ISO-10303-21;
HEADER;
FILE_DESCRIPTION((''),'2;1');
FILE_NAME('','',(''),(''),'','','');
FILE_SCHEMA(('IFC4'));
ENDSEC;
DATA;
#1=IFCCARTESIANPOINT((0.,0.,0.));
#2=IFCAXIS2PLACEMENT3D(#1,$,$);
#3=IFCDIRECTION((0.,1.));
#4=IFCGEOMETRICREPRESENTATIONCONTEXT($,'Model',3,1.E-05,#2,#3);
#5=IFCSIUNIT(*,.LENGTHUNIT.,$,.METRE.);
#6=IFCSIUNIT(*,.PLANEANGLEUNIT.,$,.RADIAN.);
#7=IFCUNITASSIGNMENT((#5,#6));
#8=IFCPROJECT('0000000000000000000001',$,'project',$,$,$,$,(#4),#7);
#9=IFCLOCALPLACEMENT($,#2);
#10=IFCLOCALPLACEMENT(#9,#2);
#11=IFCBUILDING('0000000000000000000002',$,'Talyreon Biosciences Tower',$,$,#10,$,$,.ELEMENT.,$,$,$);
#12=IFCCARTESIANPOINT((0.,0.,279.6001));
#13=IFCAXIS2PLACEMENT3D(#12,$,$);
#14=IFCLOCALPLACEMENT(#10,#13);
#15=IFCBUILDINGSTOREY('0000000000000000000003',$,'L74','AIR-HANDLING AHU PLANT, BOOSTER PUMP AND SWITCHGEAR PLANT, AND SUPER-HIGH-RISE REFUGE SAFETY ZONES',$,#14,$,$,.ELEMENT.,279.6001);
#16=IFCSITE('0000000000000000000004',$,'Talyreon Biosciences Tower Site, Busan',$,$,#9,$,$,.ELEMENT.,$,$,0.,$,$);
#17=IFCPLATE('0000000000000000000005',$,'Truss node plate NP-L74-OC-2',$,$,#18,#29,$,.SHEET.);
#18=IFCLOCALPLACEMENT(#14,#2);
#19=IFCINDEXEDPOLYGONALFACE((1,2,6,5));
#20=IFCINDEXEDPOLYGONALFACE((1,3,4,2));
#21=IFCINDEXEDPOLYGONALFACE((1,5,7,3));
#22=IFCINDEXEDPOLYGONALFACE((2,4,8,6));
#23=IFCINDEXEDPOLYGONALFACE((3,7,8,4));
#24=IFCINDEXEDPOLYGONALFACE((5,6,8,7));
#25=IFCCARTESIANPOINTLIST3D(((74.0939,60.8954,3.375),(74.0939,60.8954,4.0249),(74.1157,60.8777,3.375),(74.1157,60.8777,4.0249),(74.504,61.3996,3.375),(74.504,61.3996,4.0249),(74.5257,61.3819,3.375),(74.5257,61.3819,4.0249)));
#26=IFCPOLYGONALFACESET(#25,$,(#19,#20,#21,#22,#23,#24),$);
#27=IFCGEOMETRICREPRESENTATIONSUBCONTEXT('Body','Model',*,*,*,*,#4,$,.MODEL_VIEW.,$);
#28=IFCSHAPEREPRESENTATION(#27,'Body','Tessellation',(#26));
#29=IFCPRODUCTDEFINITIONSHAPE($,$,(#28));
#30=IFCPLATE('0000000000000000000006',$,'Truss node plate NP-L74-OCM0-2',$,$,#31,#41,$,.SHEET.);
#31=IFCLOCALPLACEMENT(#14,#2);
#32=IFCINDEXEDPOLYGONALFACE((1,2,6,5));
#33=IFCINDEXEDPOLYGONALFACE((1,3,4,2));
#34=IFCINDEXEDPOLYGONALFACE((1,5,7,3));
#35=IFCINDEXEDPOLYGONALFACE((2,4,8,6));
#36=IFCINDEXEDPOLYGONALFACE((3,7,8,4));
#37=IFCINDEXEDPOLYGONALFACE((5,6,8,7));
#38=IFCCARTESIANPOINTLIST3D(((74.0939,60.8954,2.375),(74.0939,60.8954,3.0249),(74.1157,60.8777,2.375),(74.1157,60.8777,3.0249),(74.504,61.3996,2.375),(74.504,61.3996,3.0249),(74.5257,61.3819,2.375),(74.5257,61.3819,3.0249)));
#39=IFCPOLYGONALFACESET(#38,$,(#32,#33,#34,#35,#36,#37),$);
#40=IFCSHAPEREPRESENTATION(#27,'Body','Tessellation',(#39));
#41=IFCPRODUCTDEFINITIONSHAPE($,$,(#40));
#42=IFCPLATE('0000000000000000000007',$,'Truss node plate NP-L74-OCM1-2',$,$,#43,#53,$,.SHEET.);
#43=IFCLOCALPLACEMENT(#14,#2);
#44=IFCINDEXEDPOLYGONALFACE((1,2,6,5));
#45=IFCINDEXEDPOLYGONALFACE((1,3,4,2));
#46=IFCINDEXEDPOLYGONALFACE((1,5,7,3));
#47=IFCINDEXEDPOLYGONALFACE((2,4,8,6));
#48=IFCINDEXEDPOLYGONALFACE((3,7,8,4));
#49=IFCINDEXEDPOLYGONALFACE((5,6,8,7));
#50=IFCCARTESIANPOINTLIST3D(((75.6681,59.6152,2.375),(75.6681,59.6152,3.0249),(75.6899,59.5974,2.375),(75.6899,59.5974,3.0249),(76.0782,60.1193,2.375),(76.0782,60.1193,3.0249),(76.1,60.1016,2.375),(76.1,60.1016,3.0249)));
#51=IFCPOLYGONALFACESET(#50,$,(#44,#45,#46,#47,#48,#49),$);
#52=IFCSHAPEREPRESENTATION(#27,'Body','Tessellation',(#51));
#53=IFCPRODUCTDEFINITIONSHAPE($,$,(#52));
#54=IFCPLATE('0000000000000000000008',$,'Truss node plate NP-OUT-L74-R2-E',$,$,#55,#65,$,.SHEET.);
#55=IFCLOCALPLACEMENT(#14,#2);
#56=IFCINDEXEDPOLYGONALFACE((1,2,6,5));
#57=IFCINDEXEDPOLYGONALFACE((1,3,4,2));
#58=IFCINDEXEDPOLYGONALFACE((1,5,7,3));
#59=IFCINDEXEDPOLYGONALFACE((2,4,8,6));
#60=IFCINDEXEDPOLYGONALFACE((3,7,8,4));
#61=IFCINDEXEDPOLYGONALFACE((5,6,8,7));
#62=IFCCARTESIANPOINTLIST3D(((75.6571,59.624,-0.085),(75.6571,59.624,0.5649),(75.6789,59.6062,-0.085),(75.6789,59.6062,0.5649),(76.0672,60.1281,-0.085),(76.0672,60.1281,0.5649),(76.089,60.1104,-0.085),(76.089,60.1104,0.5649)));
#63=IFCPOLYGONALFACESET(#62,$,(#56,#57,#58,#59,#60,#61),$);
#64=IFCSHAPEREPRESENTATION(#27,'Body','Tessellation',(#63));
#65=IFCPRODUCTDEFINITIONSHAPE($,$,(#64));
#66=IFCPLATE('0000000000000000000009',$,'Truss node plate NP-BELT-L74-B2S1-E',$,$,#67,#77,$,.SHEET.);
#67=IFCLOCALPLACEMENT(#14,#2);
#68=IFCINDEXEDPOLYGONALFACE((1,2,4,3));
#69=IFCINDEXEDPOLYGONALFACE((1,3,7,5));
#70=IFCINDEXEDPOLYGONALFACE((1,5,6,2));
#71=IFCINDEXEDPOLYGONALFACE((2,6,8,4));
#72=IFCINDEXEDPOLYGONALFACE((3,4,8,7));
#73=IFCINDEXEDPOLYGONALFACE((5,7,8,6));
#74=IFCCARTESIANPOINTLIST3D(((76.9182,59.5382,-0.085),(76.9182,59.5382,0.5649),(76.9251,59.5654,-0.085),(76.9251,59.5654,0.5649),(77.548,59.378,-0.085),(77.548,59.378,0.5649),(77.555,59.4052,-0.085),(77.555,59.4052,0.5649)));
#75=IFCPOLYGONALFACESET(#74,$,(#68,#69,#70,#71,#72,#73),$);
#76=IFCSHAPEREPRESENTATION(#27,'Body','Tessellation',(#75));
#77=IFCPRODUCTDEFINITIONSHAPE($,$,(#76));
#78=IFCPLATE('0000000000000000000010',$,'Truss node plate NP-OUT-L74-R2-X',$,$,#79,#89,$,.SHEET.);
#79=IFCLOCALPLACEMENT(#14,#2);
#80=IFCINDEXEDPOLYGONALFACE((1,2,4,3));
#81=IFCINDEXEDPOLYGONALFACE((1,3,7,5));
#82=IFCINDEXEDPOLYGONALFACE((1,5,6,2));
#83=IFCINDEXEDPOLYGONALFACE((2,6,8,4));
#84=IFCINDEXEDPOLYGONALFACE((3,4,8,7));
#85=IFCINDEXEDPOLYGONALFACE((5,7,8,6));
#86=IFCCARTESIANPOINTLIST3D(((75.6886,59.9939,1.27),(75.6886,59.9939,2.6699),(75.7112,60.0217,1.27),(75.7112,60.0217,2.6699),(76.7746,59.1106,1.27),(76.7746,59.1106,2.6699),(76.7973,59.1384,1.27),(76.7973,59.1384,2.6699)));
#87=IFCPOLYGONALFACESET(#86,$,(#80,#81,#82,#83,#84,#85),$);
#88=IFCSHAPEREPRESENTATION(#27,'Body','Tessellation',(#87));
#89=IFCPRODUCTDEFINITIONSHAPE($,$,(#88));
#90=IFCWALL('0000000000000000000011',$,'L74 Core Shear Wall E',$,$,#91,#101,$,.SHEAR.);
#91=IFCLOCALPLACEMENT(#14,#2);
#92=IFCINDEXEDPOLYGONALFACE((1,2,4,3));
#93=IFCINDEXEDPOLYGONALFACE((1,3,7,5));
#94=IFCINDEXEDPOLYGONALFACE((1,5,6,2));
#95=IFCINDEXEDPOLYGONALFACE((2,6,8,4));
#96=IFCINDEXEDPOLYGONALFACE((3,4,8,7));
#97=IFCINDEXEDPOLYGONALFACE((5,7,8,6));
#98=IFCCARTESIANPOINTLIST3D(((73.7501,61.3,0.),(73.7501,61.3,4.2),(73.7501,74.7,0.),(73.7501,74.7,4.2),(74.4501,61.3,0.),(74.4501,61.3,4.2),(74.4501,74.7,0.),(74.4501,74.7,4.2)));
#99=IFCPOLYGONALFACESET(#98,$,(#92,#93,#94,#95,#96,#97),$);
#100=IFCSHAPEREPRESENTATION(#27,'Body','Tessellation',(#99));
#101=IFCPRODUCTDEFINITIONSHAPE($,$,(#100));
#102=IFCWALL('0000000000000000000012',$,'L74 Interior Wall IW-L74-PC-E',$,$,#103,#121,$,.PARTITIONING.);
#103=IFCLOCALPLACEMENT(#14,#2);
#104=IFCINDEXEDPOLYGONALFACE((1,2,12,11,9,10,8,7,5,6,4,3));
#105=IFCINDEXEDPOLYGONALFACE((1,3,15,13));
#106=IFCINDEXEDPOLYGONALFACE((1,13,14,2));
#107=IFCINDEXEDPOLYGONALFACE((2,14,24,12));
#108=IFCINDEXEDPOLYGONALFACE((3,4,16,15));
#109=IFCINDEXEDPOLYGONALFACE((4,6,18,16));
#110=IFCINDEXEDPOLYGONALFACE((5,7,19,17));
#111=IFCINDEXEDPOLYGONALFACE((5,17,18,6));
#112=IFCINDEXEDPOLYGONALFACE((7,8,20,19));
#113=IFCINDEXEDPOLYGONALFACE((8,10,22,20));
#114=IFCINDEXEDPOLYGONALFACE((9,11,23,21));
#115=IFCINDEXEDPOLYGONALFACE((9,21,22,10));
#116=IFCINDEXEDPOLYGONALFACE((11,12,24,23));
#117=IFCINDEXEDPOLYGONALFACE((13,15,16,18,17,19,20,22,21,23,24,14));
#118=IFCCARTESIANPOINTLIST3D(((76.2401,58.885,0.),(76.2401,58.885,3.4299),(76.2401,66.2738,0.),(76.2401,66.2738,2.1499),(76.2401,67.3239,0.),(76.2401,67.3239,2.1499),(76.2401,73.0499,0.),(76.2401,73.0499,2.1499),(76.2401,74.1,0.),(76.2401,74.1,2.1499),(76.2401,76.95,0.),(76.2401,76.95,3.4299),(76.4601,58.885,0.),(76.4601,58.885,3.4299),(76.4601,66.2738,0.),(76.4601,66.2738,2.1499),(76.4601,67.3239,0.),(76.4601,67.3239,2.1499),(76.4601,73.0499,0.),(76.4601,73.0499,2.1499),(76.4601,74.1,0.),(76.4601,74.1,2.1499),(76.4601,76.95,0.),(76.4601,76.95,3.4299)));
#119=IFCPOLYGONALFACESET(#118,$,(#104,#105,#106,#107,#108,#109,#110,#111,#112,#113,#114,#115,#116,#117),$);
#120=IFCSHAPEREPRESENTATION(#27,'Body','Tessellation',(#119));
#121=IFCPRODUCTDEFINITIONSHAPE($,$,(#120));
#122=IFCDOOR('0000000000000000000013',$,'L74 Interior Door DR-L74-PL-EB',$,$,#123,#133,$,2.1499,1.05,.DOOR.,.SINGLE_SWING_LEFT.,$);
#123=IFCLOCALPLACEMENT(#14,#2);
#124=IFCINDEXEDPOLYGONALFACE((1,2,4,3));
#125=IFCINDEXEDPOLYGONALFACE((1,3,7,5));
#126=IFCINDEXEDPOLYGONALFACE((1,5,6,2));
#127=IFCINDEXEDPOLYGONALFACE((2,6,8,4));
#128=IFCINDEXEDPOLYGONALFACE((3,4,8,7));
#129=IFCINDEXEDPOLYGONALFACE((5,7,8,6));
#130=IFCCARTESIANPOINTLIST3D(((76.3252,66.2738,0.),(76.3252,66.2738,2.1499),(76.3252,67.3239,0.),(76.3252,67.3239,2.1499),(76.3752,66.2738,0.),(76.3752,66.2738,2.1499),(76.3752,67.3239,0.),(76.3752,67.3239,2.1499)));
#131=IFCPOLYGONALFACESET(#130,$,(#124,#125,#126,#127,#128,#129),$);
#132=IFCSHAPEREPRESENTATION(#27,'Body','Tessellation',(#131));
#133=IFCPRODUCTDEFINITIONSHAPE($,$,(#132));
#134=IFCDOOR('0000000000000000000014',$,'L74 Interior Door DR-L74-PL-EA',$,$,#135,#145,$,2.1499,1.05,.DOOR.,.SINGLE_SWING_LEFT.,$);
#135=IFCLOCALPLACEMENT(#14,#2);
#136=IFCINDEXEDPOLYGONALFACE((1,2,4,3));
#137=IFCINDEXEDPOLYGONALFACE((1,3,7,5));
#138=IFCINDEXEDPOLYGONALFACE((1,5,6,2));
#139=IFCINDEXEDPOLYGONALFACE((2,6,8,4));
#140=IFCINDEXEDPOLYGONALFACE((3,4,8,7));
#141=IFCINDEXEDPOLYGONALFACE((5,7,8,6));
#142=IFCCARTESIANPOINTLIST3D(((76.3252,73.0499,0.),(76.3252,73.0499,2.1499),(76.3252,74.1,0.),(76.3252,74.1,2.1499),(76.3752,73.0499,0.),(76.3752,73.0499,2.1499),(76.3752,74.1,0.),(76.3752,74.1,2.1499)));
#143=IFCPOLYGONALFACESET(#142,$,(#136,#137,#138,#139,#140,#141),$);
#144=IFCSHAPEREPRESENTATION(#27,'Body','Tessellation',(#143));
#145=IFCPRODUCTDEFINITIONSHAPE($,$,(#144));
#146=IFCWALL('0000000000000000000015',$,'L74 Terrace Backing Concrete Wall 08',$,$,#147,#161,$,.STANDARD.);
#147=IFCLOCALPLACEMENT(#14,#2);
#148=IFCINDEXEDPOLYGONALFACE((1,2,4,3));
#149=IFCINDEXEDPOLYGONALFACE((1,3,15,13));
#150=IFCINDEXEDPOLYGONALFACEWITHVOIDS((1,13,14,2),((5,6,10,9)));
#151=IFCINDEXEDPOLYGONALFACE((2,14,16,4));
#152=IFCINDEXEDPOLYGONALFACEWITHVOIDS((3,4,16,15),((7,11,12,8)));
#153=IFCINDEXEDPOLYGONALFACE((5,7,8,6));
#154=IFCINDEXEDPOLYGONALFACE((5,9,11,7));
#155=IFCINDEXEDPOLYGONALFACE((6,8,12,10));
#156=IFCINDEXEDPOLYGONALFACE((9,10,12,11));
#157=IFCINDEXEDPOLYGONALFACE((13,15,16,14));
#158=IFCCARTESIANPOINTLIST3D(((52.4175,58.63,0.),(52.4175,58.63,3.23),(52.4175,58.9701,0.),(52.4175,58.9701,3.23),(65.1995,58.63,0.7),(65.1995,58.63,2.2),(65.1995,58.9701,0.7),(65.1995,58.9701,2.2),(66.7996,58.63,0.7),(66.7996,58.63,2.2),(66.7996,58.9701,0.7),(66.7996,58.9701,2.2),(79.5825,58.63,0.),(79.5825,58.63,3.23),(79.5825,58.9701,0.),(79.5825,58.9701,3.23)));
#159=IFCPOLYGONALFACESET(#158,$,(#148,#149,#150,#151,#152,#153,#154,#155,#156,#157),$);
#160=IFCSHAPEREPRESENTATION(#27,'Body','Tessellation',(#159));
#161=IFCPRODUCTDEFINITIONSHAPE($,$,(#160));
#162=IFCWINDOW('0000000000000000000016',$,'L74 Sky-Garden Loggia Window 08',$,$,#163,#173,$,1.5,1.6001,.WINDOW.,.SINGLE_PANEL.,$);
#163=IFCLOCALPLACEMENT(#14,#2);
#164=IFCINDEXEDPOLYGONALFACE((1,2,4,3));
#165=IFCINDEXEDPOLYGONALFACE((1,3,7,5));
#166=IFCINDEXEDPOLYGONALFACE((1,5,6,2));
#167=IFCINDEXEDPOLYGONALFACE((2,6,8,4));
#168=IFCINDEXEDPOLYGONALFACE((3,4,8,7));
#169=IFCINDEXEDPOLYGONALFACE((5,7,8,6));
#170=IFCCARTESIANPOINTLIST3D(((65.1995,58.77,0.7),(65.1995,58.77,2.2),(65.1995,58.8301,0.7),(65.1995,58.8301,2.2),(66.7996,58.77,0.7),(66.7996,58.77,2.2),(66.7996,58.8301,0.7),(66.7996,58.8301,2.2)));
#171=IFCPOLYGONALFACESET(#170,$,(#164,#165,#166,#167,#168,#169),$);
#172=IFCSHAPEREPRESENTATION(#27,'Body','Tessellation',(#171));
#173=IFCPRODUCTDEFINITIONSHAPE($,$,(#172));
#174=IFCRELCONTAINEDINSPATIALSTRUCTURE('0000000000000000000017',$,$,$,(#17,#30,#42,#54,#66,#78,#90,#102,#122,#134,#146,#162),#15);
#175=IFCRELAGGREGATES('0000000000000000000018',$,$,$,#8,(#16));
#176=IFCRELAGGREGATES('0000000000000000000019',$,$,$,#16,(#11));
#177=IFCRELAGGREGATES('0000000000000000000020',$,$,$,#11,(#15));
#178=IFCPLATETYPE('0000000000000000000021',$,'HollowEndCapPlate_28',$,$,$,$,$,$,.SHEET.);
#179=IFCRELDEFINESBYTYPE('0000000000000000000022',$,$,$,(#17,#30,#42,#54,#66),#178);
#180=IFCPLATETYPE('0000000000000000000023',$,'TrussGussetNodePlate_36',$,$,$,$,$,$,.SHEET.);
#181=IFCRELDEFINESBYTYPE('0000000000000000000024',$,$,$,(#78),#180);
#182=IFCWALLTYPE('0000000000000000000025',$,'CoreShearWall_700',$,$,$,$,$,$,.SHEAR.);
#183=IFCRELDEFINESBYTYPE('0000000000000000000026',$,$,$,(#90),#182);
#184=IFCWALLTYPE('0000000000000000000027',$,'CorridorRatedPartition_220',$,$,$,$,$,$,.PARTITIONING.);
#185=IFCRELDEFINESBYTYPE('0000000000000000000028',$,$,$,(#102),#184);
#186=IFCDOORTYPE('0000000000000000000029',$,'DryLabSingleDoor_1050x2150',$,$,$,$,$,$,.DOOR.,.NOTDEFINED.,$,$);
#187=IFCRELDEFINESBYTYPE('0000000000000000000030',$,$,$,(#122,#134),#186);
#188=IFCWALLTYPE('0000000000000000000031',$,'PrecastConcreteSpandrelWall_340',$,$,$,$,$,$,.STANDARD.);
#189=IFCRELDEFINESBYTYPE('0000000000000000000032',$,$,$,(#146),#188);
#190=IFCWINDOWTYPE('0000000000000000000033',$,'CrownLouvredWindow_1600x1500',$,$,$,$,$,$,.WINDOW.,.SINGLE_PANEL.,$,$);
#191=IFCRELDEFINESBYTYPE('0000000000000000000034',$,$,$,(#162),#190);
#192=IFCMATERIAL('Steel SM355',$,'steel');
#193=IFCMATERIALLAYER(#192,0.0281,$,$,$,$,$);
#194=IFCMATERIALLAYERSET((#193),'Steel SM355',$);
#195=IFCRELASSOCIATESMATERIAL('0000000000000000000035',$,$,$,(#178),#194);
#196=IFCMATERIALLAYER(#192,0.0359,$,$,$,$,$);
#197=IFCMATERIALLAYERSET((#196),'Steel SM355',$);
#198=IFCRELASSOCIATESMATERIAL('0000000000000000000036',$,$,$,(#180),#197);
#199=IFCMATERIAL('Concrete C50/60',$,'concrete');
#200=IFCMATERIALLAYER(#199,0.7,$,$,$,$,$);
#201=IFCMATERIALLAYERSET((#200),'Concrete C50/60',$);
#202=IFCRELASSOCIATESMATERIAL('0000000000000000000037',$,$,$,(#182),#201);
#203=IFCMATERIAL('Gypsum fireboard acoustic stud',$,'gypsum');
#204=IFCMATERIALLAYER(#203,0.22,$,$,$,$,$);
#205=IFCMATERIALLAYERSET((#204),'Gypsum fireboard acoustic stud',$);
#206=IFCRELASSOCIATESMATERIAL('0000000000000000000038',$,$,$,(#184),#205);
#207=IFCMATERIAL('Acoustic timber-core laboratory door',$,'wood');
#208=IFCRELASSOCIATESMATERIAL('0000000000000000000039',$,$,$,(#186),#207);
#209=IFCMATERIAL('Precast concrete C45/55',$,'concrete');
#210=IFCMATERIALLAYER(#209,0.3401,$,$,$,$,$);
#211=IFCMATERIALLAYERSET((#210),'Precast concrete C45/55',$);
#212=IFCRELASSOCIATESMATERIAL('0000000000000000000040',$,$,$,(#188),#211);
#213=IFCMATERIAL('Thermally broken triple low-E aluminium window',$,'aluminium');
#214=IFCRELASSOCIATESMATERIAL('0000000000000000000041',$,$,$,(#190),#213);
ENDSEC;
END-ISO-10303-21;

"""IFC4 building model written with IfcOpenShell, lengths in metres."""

from ifc_helpers import new_model, si_unit, direction, frame, frame_2d, origin, origin_2d, place, context, subcontext, project, spatial, rectangle, extrude, material, layer, layer_set, type_object, element, fill, save


model = new_model("IFC4")

# Units and contexts
model_context = context("Model", 3, precision=1e-05, world=origin(), true_north=direction((0.0, 1.0)))
body_context = subcontext(model_context, "Body", "Model", "MODEL_VIEW")
ifc_project = project(units=[si_unit("LENGTHUNIT", "METRE"), si_unit("PLANEANGLEUNIT", "RADIAN")], contexts=[model_context])

# Site, building, storey
site_placement = place(None, origin())
site = spatial("IfcSite", under=ifc_project, at=site_placement, Name="Talyreon Biosciences Tower Site, Busan", CompositionType="ELEMENT", RefElevation=0.0)
building_placement = place(site_placement, origin())
building = spatial("IfcBuilding", under=site, at=building_placement, Name="Talyreon Biosciences Tower", CompositionType="ELEMENT")
storey_placement = place(building_placement, frame((0.0, 0.0, 279.6001)))
storey = spatial("IfcBuildingStorey", under=building, at=storey_placement, Name="L74", Description="AIR-HANDLING AHU PLANT, BOOSTER PUMP AND SWITCHGEAR PLANT, AND SUPER-HIGH-RISE REFUGE SAFETY ZONES", CompositionType="ELEMENT", Elevation=279.6001)

# Shared definitions
ifc_material_1 = material(Name="Precast concrete C45/55", Category="concrete")
ifc_material_2 = material(Name="Concrete C50/60", Category="concrete")

# Shared definitions
ifc_material_3 = material(Name="Steel SM355", Category="steel")

# Plates
ifc_layer_1 = layer(ifc_material_3, 0.0281)
ifc_layer_set_1 = layer_set([ifc_layer_1], Name="Steel SM355")
plate_type_1 = type_object("IfcPlateType", Name="HollowEndCapPlate_28", PredefinedType="SHEET", material=ifc_layer_set_1)
for number, where, z_axis, x_axis, name in (
    (1, (74.3098, 61.1387, 3.375), (0.0, 0.0, 1.0), (0.631001, 0.775782, 0.0), "Truss node plate NP-L74-OC-2"),
    (2, (74.3098, 61.1387, 2.375), (0.0, 0.0, 1.0), (0.631001, 0.775782, 0.0), "Truss node plate NP-L74-OCM0-2"),
    (3, (75.884, 59.8584, 2.375), (0.0, 0.0, 1.0), (0.631001, 0.775782, 0.0), "Truss node plate NP-L74-OCM1-2"),
    (4, (75.873, 59.8672, -0.085), (0.0, 0.0, 1.0), (0.630987, 0.775793, 0.0), "Truss node plate NP-OUT-L74-R2-E"),
    (5, (77.2366, 59.4717, -0.085), (0.0, 0.0, 1.0), (-0.969132, 0.246542, 0.0), "Truss node plate NP-BELT-L74-B2S1-E"),
):
    element("IfcPlate", number, at=place(storey_placement, frame(where, z_axis=z_axis, x_axis=x_axis)), inside=storey, type_object=plate_type_1, Name=name, PredefinedType="SHEET", context=body_context, shape_type="SweptSolid", body=[
        extrude(rectangle(XDim=0.6499, YDim=0.0281, at=origin_2d()), origin(), (0.0, 0.0, 1.0), 0.6499),
    ])
ifc_layer_2 = layer(ifc_material_3, 0.0359)
ifc_layer_set_2 = layer_set([ifc_layer_2], Name="Steel SM355")
plate_type_2 = type_object("IfcPlateType", Name="TrussGussetNodePlate_36", PredefinedType="SHEET", material=ifc_layer_set_2)
plate_placement = place(storey_placement, frame((76.2429, 59.5662, 1.27), z_axis=(0.0, 0.0, 1.0), x_axis=(0.775793, -0.630987, 0.0)))
element("IfcPlate", 6, at=plate_placement, inside=storey, type_object=plate_type_2, Name="Truss node plate NP-OUT-L74-R2-X", PredefinedType="SHEET", context=body_context, shape_type="SweptSolid", body=[
    extrude(rectangle(XDim=1.3999, YDim=0.0359, at=origin_2d()), origin(), (0.0, 0.0, 1.0), 1.3999),
])

# Wall
ifc_layer_3 = layer(ifc_material_2, 0.7)
ifc_layer_set_3 = layer_set([ifc_layer_3], Name="Concrete C50/60")
wall_type_1 = type_object("IfcWallType", Name="CoreShearWall_700", PredefinedType="SHEAR", material=ifc_layer_set_3)
wall_1_placement = place(storey_placement, frame((74.1001, 61.3, 0.0), z_axis=(0.0, 0.0, 1.0), x_axis=(0.0, 1.0, 0.0)))
element("IfcWall", 7, at=wall_1_placement, inside=storey, type_object=wall_type_1, Name="L74 Core Shear Wall E", PredefinedType="SHEAR", context=body_context, shape_type="SweptSolid", body=[
    extrude(rectangle(XDim=13.3999, YDim=0.7, at=frame_2d((6.7, 0.0))), origin(), (0.0, 0.0, 1.0), 4.2),
])

# Wall, openings, doors
ifc_material_4 = material(Name="Gypsum fireboard acoustic stud", Category="gypsum")
ifc_layer_4 = layer(ifc_material_4, 0.22)
ifc_layer_set_4 = layer_set([ifc_layer_4], Name="Gypsum fireboard acoustic stud")
wall_type_2 = type_object("IfcWallType", Name="CorridorRatedPartition_220", PredefinedType="PARTITIONING", material=ifc_layer_set_4)
wall_2_placement = place(storey_placement, frame((76.3501, 58.885, 0.0), z_axis=(0.0, 0.0, 1.0), x_axis=(0.0, 1.0, 0.0)))
wall_2 = element("IfcWall", 8, at=wall_2_placement, inside=storey, type_object=wall_type_2, Name="L74 Interior Wall IW-L74-PC-E", PredefinedType="PARTITIONING", context=body_context, shape_type="SweptSolid", body=[
    extrude(rectangle(XDim=18.0649, YDim=0.22, at=frame_2d((9.0325, 0.0))), origin(), (0.0, 0.0, 1.0), 3.4299),
])
opening_1_placement = place(wall_2_placement, frame((7.3889, 0.0, 0.0)))
opening_1 = element("IfcOpeningElement", 9, at=opening_1_placement, cuts=wall_2, PredefinedType="OPENING", context=body_context, shape_type="SweptSolid", body=[
    extrude(rectangle(XDim=1.05, YDim=2.1499, at=frame_2d((0.5249, 1.075))), frame((0.0, 0.1199, 0.0), z_axis=(0.0, -1.0, 0.0), x_axis=(1.0, 0.0, 0.0)), (0.0, 0.0, 1.0), 0.24),
])
opening_2_placement = place(wall_2_placement, frame((14.165, 0.0, 0.0)))
opening_2 = element("IfcOpeningElement", 10, at=opening_2_placement, cuts=wall_2, PredefinedType="OPENING", context=body_context, shape_type="SweptSolid", body=[
    extrude(rectangle(XDim=1.05, YDim=2.1499, at=frame_2d((0.5249, 1.075))), frame((0.0, 0.1199, 0.0), z_axis=(0.0, -1.0, 0.0), x_axis=(1.0, 0.0, 0.0)), (0.0, 0.0, 1.0), 0.24),
])
ifc_material_5 = material(Name="Acoustic timber-core laboratory door", Category="wood")
door_type = type_object("IfcDoorType", Name="DryLabSingleDoor_1050x2150", OperationType="NOTDEFINED", PredefinedType="DOOR", material=ifc_material_5)
door_1_placement = place(opening_1_placement, origin())
door_1 = element("IfcDoor", 11, at=door_1_placement, inside=storey, type_object=door_type, Name="L74 Interior Door DR-L74-PL-EB", OperationType="SINGLE_SWING_LEFT", OverallHeight=2.1499, OverallWidth=1.05, PredefinedType="DOOR", context=body_context, shape_type="SweptSolid", body=[
    extrude(rectangle(XDim=1.05, YDim=2.1499, at=frame_2d((0.5249, 1.075))), frame((0.0, 0.0249, 0.0), z_axis=(0.0, -1.0, 0.0), x_axis=(1.0, 0.0, 0.0)), (0.0, 0.0, 1.0), 0.05),
])
fill(opening_1, door_1)
door_2_placement = place(opening_2_placement, origin())
door_2 = element("IfcDoor", 12, at=door_2_placement, inside=storey, type_object=door_type, Name="L74 Interior Door DR-L74-PL-EA", OperationType="SINGLE_SWING_LEFT", OverallHeight=2.1499, OverallWidth=1.05, PredefinedType="DOOR", context=body_context, shape_type="SweptSolid", body=[
    extrude(rectangle(XDim=1.05, YDim=2.1499, at=frame_2d((0.5249, 1.075))), frame((0.0, 0.0249, 0.0), z_axis=(0.0, -1.0, 0.0), x_axis=(1.0, 0.0, 0.0)), (0.0, 0.0, 1.0), 0.05),
])
fill(opening_2, door_2)

# Wall, opening, window
ifc_layer_5 = layer(ifc_material_1, 0.3401)
ifc_layer_set_5 = layer_set([ifc_layer_5], Name="Precast concrete C45/55")
wall_type_3 = type_object("IfcWallType", Name="PrecastConcreteSpandrelWall_340", PredefinedType="STANDARD", material=ifc_layer_set_5)
wall_3_placement = place(storey_placement, frame((79.5825, 58.8, 0.0), z_axis=(0.0, 0.0, 1.0), x_axis=(-1.0, 0.0, 0.0)))
wall_3 = element("IfcWall", 13, at=wall_3_placement, inside=storey, type_object=wall_type_3, Name="L74 Terrace Backing Concrete Wall 08", PredefinedType="STANDARD", context=body_context, shape_type="SweptSolid", body=[
    extrude(rectangle(XDim=27.165, YDim=0.3401, at=frame_2d((13.5825, 0.0))), origin(), (0.0, 0.0, 1.0), 3.23),
])
opening_3_placement = place(wall_3_placement, frame((12.783, 0.0, 0.7)))
opening_3 = element("IfcOpeningElement", 14, at=opening_3_placement, cuts=wall_3, PredefinedType="OPENING", context=body_context, shape_type="SweptSolid", body=[
    extrude(rectangle(XDim=1.6001, YDim=1.5, at=frame_2d((0.8, 0.75))), frame((0.0, 0.1799, 0.0), z_axis=(0.0, -1.0, 0.0), x_axis=(1.0, 0.0, 0.0)), (0.0, 0.0, 1.0), 0.3601),
])
ifc_material_6 = material(Name="Thermally broken triple low-E aluminium window", Category="aluminium")
window_type = type_object("IfcWindowType", Name="CrownLouvredWindow_1600x1500", PartitioningType="SINGLE_PANEL", PredefinedType="WINDOW", material=ifc_material_6)
window_placement = place(opening_3_placement, origin())
window = element("IfcWindow", 15, at=window_placement, inside=storey, type_object=window_type, Name="L74 Sky-Garden Loggia Window 08", OverallHeight=1.5, OverallWidth=1.6001, PartitioningType="SINGLE_PANEL", PredefinedType="WINDOW", context=body_context, shape_type="SweptSolid", body=[
    extrude(rectangle(XDim=1.6001, YDim=1.5, at=frame_2d((0.8, 0.75))), frame((0.0, 0.03, 0.0), z_axis=(0.0, -1.0, 0.0), x_axis=(1.0, 0.0, 0.0)), (0.0, 0.0, 1.0), 0.0601),
])
fill(opening_3, window)

save(model, "model.ifc")
